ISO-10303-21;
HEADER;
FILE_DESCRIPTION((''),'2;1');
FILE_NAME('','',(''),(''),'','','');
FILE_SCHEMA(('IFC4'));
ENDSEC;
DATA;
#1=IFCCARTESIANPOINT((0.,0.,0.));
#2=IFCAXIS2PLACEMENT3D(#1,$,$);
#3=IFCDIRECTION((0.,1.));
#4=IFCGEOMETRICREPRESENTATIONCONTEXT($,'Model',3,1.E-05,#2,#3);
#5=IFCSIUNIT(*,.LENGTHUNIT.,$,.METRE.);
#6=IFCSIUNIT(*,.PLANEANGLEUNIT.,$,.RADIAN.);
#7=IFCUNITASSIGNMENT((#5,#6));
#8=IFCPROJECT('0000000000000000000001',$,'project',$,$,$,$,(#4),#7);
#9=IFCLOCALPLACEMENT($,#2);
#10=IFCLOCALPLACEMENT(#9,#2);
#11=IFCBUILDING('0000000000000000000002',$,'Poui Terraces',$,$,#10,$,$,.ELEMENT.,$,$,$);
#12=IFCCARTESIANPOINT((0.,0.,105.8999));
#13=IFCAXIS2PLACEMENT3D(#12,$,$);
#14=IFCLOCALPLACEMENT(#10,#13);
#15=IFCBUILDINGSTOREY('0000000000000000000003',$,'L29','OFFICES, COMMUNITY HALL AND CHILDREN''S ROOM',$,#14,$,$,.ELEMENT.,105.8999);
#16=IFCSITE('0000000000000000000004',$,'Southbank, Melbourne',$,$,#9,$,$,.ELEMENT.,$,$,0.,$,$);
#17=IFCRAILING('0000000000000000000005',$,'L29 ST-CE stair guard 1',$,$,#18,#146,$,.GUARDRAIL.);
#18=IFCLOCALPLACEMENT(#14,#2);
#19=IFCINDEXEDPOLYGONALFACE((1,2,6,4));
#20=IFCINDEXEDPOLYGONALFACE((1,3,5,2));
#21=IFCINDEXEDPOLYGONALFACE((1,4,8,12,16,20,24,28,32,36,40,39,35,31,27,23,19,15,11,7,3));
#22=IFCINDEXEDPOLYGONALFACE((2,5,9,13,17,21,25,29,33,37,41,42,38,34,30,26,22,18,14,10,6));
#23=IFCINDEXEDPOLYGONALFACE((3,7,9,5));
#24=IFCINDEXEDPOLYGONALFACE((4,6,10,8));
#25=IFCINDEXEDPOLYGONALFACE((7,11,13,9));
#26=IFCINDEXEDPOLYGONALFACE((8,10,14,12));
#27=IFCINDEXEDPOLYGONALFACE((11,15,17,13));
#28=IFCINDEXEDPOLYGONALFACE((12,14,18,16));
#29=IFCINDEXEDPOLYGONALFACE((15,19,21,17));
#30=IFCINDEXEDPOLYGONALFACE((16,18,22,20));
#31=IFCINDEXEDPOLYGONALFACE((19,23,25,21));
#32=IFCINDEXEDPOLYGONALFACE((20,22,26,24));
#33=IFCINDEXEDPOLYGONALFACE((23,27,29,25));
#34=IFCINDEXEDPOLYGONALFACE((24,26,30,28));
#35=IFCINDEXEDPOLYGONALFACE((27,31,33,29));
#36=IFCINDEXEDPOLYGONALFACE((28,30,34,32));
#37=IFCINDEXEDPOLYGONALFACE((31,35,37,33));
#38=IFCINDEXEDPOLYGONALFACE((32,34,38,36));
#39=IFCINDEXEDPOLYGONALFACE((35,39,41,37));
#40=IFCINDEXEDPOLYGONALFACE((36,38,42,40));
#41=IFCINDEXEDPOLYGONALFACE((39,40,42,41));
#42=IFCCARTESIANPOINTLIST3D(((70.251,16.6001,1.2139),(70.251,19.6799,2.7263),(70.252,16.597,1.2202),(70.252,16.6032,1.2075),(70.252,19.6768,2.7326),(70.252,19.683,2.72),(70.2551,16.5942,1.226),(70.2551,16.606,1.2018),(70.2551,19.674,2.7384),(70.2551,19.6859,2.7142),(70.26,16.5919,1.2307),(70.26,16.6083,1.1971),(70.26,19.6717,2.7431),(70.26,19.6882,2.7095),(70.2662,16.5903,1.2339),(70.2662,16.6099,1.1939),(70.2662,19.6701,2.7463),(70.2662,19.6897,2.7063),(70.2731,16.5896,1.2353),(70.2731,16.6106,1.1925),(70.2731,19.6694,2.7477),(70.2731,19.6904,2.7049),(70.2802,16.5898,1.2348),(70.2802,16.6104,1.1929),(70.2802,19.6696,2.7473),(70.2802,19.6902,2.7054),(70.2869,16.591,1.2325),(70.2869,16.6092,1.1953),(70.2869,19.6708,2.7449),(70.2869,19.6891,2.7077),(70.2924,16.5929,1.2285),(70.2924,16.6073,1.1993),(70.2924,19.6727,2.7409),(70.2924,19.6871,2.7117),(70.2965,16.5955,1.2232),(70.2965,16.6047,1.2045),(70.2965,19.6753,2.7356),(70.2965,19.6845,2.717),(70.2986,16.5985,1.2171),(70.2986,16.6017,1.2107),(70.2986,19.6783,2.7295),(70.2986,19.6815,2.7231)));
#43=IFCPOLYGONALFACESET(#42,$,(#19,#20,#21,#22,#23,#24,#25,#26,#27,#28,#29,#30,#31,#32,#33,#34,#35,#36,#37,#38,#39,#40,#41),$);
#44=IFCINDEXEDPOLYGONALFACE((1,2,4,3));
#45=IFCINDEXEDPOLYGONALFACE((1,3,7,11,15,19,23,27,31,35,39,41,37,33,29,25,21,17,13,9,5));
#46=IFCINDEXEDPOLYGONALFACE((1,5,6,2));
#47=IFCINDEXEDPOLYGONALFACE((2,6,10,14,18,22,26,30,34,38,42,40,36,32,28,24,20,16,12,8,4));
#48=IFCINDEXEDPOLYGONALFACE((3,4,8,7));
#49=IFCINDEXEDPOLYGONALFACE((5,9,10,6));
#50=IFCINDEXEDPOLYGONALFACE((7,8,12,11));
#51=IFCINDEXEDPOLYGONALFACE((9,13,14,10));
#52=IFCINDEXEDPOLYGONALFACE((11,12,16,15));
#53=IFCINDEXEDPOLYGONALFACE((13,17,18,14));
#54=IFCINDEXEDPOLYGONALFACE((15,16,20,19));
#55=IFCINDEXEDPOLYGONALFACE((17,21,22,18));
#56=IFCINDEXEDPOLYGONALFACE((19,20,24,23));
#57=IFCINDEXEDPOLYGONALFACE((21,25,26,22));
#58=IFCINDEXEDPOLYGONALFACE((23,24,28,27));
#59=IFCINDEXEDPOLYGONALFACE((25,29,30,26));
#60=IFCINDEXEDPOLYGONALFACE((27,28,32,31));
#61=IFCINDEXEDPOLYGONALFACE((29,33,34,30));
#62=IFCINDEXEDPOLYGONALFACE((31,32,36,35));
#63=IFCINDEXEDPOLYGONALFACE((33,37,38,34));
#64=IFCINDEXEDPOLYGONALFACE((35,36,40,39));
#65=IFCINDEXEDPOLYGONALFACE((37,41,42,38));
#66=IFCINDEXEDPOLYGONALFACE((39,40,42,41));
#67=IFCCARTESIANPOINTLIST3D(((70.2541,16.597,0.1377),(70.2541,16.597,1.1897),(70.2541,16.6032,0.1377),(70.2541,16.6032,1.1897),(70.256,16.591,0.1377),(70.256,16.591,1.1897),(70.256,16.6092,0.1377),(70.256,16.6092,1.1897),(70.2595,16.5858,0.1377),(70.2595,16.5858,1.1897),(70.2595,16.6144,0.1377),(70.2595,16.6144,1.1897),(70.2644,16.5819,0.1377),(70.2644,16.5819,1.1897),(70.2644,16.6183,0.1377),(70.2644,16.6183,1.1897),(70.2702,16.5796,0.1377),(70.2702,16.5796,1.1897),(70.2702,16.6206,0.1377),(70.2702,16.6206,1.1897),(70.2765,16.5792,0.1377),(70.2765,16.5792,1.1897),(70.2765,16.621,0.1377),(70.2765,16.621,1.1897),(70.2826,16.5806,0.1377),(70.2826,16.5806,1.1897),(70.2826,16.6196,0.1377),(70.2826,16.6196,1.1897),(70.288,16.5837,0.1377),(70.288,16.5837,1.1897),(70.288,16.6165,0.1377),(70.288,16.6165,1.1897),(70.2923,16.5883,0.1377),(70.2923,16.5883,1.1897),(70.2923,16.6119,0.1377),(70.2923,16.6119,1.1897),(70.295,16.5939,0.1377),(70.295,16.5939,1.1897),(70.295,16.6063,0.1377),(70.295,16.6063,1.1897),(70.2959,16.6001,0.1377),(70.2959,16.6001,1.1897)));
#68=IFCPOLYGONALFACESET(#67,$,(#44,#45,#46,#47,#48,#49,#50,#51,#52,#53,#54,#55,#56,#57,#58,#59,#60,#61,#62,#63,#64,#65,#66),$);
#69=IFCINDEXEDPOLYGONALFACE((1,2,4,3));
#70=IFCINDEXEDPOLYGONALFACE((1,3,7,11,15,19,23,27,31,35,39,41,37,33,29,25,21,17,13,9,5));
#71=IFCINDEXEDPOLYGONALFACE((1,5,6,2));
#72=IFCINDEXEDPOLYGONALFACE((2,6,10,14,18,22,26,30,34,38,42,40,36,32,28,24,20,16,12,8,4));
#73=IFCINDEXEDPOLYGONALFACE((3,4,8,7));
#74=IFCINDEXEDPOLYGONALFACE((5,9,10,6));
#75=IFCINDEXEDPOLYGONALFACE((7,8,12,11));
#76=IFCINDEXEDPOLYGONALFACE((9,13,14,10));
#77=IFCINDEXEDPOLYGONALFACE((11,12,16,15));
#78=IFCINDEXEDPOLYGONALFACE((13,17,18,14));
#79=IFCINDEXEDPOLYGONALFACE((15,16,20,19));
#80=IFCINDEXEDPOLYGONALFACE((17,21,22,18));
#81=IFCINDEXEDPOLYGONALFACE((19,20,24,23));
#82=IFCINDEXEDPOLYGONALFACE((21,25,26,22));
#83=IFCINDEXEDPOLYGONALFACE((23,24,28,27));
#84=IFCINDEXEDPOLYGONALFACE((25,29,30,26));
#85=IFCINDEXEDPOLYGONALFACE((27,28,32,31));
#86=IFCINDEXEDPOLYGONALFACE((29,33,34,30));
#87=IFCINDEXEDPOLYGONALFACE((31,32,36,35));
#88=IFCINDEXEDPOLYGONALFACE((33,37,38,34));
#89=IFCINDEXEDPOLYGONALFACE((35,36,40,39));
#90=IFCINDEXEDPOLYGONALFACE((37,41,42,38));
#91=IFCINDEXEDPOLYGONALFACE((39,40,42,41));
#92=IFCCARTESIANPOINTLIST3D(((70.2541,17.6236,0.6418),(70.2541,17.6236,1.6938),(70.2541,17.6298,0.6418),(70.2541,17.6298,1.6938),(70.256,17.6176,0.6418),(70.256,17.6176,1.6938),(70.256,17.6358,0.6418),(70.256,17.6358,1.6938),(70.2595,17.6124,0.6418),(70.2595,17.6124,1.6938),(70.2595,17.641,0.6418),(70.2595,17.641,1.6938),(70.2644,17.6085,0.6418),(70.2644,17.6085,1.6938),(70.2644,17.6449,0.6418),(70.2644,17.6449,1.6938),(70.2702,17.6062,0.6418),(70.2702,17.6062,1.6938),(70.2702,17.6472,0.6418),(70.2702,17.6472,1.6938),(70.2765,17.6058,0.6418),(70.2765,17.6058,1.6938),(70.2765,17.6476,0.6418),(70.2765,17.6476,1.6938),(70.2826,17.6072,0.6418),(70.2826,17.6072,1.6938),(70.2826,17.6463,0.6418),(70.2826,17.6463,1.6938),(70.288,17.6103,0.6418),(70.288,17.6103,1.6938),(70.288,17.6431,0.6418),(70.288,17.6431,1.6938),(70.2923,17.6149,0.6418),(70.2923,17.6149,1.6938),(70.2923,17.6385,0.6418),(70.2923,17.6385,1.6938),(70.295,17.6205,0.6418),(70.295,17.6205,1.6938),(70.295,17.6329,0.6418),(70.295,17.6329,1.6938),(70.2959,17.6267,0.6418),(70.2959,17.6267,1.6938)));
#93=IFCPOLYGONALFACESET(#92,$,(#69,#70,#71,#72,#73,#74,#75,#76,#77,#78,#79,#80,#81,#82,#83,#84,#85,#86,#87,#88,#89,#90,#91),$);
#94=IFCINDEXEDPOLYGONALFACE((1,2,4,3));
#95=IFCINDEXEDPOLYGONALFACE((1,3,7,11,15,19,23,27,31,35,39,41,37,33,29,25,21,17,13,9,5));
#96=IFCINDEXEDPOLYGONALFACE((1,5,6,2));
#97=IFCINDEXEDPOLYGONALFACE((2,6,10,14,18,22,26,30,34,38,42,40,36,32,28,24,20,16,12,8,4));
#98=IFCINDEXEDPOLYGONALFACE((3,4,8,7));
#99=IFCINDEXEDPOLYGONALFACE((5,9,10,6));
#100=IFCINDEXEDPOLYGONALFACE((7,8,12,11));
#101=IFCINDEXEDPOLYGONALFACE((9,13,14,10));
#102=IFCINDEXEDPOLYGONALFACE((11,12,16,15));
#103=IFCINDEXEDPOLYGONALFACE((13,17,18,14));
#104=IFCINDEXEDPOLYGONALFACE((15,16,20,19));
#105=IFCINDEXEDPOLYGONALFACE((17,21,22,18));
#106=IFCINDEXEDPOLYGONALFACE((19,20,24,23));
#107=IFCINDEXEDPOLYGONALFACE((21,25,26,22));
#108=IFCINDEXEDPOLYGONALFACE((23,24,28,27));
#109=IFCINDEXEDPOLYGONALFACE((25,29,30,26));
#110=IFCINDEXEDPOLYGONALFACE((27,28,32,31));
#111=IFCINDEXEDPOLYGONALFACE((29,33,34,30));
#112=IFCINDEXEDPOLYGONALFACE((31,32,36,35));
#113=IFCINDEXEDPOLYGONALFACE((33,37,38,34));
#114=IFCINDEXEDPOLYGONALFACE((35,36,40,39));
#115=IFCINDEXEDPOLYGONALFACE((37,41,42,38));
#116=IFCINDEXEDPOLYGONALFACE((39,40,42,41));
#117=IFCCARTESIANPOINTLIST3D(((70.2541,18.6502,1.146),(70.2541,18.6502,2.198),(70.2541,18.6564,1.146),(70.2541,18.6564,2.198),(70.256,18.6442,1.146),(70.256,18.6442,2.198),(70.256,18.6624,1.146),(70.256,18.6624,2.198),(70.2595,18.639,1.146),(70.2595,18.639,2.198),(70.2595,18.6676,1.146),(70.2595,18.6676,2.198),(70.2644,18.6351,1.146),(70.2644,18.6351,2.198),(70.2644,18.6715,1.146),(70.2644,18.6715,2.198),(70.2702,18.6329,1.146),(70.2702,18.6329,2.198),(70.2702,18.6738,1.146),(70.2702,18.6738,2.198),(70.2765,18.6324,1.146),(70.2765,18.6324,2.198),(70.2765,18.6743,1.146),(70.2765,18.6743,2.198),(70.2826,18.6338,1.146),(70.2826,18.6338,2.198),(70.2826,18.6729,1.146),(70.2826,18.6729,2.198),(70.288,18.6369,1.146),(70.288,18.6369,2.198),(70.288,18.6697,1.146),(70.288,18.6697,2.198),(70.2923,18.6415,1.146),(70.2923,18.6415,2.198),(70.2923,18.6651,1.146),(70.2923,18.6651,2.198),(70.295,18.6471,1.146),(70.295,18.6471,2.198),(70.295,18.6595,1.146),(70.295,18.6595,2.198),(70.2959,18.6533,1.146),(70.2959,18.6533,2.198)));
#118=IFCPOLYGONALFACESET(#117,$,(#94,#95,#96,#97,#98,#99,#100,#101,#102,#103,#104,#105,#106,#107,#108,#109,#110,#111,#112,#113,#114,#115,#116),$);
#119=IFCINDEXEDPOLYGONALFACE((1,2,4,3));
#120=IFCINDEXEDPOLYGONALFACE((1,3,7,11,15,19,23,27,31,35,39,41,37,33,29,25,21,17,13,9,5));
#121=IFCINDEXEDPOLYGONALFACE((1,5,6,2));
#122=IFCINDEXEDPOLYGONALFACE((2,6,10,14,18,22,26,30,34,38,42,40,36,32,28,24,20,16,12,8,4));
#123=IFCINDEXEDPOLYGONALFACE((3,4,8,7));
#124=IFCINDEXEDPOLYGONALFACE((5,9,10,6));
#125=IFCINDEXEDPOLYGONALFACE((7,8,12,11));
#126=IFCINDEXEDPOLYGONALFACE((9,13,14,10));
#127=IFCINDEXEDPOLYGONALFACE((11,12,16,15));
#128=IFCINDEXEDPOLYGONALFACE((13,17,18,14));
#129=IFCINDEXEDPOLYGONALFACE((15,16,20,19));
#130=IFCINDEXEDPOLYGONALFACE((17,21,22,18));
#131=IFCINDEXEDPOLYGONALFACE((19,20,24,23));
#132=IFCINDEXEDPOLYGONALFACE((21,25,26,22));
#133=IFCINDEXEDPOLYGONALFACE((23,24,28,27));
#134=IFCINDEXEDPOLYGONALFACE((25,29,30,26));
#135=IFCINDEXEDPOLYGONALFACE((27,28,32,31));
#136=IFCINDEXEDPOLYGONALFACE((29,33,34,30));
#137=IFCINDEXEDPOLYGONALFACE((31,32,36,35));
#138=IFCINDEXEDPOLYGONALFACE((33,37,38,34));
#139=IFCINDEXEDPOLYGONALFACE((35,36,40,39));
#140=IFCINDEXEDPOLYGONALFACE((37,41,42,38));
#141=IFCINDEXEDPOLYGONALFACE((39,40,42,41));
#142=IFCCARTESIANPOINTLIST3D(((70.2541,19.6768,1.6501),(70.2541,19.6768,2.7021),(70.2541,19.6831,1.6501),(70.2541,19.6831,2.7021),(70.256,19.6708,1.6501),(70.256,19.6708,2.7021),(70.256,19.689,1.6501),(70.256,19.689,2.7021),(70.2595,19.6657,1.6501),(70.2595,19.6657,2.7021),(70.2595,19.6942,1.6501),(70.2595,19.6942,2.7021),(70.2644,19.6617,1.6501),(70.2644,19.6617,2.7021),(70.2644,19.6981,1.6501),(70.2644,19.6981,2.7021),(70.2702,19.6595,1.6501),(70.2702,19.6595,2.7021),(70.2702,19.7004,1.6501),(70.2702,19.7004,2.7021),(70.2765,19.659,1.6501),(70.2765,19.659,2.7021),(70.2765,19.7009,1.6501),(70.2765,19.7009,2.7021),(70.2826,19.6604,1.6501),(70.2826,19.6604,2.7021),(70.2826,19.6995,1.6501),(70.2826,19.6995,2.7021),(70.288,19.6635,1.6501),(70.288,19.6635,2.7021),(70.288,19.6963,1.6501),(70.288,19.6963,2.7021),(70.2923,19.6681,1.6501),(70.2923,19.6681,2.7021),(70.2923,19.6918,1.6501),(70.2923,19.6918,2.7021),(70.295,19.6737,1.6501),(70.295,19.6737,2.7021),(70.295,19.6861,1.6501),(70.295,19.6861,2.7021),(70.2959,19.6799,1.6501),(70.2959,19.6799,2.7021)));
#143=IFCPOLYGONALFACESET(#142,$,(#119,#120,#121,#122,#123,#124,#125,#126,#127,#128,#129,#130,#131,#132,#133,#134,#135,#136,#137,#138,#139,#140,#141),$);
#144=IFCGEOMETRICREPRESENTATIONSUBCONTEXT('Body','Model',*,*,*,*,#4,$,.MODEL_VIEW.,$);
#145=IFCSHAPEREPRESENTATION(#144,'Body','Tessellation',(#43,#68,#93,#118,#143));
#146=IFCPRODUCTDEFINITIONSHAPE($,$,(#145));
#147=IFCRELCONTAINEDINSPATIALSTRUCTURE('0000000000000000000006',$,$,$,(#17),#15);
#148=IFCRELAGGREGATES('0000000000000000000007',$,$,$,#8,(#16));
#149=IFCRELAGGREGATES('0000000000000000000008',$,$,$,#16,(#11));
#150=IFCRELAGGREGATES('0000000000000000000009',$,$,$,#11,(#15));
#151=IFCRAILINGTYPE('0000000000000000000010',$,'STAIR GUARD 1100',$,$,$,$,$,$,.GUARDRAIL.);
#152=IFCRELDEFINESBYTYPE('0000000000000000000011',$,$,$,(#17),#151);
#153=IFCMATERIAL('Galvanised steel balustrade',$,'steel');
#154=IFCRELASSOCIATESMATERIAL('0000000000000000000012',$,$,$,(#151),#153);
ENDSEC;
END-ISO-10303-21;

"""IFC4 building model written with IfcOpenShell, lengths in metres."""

from ifc_helpers import new_model, si_unit, direction, frame, origin, origin_2d, place, context, subcontext, project, spatial, circle, extrude, material, type_object, element, save


model = new_model("IFC4")

# Units and contexts
model_context = context("Model", 3, precision=1e-05, world=origin(), true_north=direction((0.0, 1.0)))
body_context = subcontext(model_context, "Body", "Model", "MODEL_VIEW")
ifc_project = project(units=[si_unit("LENGTHUNIT", "METRE"), si_unit("PLANEANGLEUNIT", "RADIAN")], contexts=[model_context])

# Site, building, storey
site_placement = place(None, origin())
site = spatial("IfcSite", under=ifc_project, at=site_placement, Name="Southbank, Melbourne", CompositionType="ELEMENT", RefElevation=0.0)
building_placement = place(site_placement, origin())
building = spatial("IfcBuilding", under=site, at=building_placement, Name="Poui Terraces", CompositionType="ELEMENT")
storey_placement = place(building_placement, frame((0.0, 0.0, 105.8999)))
storey = spatial("IfcBuildingStorey", under=building, at=storey_placement, Name="L29", Description="OFFICES, COMMUNITY HALL AND CHILDREN'S ROOM", CompositionType="ELEMENT", Elevation=105.8999)

# Railing
ifc_material_1 = material(Name="Galvanised steel balustrade", Category="steel")
railing_type_1 = type_object("IfcRailingType", Name="STAIR GUARD 1100", PredefinedType="GUARDRAIL", material=ifc_material_1)
railing_1_placement = place(storey_placement, frame((70.2749, 16.6001, 0.1377)))
element("IfcRailing", 1, at=railing_1_placement, inside=storey, type_object=railing_type_1, Name="L29 ST-CE stair guard 1", PredefinedType="GUARDRAIL", context=body_context, shape_type="SweptSolid", body=[
    extrude(circle(Radius=0.0239, at=origin_2d()), frame((0.0, 0.0, 1.0762), z_axis=(0.0, 0.897606, 0.440798), x_axis=(-1.0, 0.0, 0.0)), (0.0, 0.0, 1.0), 3.4312),
    extrude(circle(Radius=0.021, at=origin_2d()), origin(), (0.0, 0.0, 1.0), 1.052),
    extrude(circle(Radius=0.021, at=origin_2d()), frame((0.0, 1.0266, 0.5042)), (0.0, 0.0, 1.0), 1.052),
    extrude(circle(Radius=0.021, at=origin_2d()), frame((0.0, 2.0532, 1.0083)), (0.0, 0.0, 1.0), 1.052),
    extrude(circle(Radius=0.021, at=origin_2d()), frame((0.0, 3.0798, 1.5125)), (0.0, 0.0, 1.0), 1.052),
])

save(model, "model.ifc")
